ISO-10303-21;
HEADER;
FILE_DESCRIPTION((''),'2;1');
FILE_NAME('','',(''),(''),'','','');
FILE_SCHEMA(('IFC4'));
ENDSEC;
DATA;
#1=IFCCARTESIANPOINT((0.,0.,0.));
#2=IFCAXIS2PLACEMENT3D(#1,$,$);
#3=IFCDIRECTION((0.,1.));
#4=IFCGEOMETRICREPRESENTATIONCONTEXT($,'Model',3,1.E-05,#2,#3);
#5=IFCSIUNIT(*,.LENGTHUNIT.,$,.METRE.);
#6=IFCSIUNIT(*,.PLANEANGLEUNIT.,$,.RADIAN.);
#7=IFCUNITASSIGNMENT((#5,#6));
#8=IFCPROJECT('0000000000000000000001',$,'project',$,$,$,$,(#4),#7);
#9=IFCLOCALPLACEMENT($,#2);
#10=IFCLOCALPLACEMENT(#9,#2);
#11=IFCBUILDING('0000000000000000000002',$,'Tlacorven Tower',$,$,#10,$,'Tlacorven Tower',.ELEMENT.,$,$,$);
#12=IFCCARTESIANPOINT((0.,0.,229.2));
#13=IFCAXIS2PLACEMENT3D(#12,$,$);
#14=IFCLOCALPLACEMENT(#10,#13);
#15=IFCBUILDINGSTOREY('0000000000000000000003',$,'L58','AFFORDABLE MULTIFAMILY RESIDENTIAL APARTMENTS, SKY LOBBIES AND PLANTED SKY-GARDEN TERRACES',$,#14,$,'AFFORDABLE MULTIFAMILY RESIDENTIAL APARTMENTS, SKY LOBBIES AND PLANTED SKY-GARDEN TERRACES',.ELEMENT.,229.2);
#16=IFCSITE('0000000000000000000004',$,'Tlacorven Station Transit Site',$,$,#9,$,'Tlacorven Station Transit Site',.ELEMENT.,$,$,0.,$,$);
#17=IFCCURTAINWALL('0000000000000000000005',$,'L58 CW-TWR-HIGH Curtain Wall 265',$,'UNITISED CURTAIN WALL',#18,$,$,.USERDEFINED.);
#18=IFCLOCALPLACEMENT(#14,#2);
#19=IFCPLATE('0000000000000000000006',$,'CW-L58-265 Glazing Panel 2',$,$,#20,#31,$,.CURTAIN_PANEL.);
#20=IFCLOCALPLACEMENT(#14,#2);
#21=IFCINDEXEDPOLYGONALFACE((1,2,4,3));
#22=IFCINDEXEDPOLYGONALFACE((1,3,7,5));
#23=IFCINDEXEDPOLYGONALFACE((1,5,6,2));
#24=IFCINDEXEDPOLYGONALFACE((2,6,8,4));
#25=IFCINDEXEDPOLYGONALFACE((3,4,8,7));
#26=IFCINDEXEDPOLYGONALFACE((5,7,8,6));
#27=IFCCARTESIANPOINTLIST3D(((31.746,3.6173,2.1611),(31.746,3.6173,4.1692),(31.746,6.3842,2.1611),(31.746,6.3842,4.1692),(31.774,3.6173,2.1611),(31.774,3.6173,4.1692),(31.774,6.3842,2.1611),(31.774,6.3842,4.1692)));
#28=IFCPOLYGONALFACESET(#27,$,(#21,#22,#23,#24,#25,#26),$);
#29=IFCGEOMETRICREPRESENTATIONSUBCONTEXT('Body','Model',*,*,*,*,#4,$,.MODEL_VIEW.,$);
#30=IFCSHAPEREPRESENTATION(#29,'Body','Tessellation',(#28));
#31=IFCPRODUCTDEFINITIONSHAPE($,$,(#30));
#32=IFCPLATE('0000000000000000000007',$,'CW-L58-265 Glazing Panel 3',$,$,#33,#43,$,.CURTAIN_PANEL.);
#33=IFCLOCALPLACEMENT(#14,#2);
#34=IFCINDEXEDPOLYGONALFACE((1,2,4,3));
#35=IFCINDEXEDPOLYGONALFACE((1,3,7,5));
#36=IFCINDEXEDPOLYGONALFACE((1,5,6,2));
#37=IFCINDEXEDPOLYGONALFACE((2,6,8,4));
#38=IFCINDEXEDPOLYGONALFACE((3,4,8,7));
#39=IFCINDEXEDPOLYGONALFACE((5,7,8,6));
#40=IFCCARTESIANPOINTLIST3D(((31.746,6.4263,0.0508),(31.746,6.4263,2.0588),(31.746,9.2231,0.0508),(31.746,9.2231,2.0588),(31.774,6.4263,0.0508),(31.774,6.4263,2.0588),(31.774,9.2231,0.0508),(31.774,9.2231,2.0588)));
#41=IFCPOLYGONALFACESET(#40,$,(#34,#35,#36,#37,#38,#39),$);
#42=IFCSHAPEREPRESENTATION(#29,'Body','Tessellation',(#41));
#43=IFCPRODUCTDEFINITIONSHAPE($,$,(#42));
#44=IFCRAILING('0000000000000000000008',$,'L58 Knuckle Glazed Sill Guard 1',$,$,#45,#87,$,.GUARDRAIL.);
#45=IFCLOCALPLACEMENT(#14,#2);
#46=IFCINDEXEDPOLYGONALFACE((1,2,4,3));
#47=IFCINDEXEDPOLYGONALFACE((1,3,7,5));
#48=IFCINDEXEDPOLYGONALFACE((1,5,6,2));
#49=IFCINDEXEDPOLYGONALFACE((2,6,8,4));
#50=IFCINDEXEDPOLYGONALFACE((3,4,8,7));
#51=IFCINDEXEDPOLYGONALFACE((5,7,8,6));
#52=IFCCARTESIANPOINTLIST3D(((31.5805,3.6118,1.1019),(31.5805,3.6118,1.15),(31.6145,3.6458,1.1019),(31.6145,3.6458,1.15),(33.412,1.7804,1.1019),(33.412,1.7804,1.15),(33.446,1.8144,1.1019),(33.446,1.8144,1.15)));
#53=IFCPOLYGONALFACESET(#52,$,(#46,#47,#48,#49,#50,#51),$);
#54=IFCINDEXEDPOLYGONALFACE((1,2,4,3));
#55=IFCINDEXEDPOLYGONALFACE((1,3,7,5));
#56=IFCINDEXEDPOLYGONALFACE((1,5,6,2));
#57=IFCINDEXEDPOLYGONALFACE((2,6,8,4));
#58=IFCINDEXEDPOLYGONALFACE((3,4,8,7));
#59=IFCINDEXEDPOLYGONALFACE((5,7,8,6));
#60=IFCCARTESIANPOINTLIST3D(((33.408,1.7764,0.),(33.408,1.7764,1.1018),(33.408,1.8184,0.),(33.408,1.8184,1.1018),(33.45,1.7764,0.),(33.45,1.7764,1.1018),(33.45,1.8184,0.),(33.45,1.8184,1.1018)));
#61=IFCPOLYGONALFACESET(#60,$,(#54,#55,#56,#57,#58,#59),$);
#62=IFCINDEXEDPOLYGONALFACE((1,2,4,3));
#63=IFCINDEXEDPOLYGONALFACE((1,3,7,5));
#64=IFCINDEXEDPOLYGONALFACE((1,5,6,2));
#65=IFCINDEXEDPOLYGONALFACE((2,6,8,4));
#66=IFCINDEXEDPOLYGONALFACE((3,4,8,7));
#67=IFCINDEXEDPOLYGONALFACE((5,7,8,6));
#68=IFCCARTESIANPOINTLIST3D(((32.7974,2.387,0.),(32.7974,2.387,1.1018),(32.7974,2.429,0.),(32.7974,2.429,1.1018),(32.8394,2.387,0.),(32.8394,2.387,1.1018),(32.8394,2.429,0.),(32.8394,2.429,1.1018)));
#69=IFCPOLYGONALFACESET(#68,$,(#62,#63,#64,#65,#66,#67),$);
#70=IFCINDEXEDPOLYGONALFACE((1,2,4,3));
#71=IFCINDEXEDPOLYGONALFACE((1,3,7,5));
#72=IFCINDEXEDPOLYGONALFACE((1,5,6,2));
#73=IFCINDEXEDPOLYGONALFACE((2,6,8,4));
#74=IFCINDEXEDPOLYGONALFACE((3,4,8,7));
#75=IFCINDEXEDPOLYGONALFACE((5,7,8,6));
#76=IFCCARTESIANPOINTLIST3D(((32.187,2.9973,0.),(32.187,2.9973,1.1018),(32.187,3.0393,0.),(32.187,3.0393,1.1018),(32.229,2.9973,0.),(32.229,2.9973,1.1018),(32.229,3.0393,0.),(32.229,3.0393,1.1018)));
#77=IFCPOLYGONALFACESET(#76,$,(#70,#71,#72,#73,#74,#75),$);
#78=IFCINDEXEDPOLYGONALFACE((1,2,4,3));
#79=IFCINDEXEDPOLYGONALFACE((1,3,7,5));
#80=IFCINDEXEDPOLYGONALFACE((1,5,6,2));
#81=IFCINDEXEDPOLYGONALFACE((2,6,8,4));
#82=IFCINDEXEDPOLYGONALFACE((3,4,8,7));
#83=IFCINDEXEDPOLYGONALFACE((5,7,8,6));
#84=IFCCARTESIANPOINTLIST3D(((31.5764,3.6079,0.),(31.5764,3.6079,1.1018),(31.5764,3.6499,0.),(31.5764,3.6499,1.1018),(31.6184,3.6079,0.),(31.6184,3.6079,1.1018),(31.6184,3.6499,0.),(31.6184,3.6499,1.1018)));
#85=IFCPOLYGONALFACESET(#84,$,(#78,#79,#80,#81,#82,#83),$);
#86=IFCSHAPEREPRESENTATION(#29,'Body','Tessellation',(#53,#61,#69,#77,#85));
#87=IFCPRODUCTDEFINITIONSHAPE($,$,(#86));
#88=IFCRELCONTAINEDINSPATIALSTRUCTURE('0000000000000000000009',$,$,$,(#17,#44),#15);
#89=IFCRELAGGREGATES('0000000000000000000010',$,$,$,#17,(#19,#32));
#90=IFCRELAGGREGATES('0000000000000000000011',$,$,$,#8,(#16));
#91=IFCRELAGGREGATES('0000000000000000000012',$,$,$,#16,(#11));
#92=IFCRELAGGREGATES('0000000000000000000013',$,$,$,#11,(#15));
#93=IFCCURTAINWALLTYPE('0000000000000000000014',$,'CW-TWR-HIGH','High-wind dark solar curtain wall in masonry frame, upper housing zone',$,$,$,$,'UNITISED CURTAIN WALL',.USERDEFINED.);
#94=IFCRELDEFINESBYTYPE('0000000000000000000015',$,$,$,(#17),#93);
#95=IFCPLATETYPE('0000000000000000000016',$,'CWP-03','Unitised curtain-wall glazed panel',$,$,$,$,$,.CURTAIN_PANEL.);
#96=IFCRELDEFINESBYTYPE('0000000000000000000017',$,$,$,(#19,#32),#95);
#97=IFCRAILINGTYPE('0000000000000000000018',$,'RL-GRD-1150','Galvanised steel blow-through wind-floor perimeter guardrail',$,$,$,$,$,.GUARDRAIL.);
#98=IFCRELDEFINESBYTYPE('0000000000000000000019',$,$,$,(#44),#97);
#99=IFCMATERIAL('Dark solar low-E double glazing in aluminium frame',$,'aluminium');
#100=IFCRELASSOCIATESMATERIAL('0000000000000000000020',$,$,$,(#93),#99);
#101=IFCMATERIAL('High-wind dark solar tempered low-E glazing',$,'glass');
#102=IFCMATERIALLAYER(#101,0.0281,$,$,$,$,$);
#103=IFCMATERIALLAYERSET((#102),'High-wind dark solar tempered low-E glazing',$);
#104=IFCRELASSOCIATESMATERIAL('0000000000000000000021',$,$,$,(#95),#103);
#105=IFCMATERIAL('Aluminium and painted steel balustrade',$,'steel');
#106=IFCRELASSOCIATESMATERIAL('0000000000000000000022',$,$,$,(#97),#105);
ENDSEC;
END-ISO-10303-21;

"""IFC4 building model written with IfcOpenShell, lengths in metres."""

from ifc_helpers import new_model, si_unit, direction, frame, origin, origin_2d, place, context, subcontext, project, spatial, rectangle, extrude, source, transform, mapped, material, layer, layer_set, type_object, element, aggregate, save


model = new_model("IFC4")

# Units and contexts
model_context = context("Model", 3, precision=1e-05, world=origin(), true_north=direction((0.0, 1.0)))
body_context = subcontext(model_context, "Body", "Model", "MODEL_VIEW")
ifc_project = project(units=[si_unit("LENGTHUNIT", "METRE"), si_unit("PLANEANGLEUNIT", "RADIAN")], contexts=[model_context])

# Site, building, storey
site_placement = place(None, origin())
site = spatial("IfcSite", under=ifc_project, at=site_placement, Name="Tlacorven Station Transit Site", LongName="Tlacorven Station Transit Site", CompositionType="ELEMENT", RefElevation=0.0)
building_placement = place(site_placement, origin())
building = spatial("IfcBuilding", under=site, at=building_placement, Name="Tlacorven Tower", LongName="Tlacorven Tower", CompositionType="ELEMENT")
storey_placement = place(building_placement, frame((0.0, 0.0, 229.2)))
storey = spatial("IfcBuildingStorey", under=building, at=storey_placement, Name="L58", Description="AFFORDABLE MULTIFAMILY RESIDENTIAL APARTMENTS, SKY LOBBIES AND PLANTED SKY-GARDEN TERRACES", LongName="AFFORDABLE MULTIFAMILY RESIDENTIAL APARTMENTS, SKY LOBBIES AND PLANTED SKY-GARDEN TERRACES", CompositionType="ELEMENT", Elevation=229.2)

# Curtain wall
ifc_material_1 = material(Name="Dark solar low-E double glazing in aluminium frame", Category="aluminium")
curtain_wall_type = type_object("IfcCurtainWallType", Name="CW-TWR-HIGH", Description="High-wind dark solar curtain wall in masonry frame, upper housing zone", ElementType="UNITISED CURTAIN WALL", PredefinedType="USERDEFINED", material=ifc_material_1)
curtain_wall_1_placement = place(storey_placement, origin())
curtain_wall_1 = element("IfcCurtainWall", 1, at=curtain_wall_1_placement, inside=storey, type_object=curtain_wall_type, Name="L58 CW-TWR-HIGH Curtain Wall 265", ObjectType="UNITISED CURTAIN WALL", PredefinedType="USERDEFINED")

# Plates
ifc_material_2 = material(Name="High-wind dark solar tempered low-E glazing", Category="glass")
ifc_layer = layer(ifc_material_2, 0.0281)
ifc_layer_set = layer_set([ifc_layer], Name="High-wind dark solar tempered low-E glazing")
plate_type = type_object("IfcPlateType", Name="CWP-03", Description="Unitised curtain-wall glazed panel", PredefinedType="CURTAIN_PANEL", material=ifc_layer_set)
shared_shape_1 = source(origin(), body_context, "Body", "SweptSolid", [
    extrude(rectangle(XDim=2.7668, YDim=0.0281, at=origin_2d()), origin(), (0.0, 0.0, 1.0), 2.0081),
])
plate_1_placement = place(storey_placement, frame((31.76, 5.0007, 2.1611), z_axis=(0.0, 0.0, 1.0), x_axis=(0.0, 1.0, 0.0)))
plate_1 = element("IfcPlate", 2, at=plate_1_placement, type_object=plate_type, Name="CW-L58-265 Glazing Panel 2", PredefinedType="CURTAIN_PANEL", context=body_context, shape_type="MappedRepresentation", body=[
    mapped(shared_shape_1, transform((0.0, 0.0, 0.0), scale=1.0)),
])
shared_shape_2 = source(origin(), body_context, "Body", "SweptSolid", [
    extrude(rectangle(XDim=2.7969, YDim=0.0281, at=origin_2d()), origin(), (0.0, 0.0, 1.0), 2.0081),
])
plate_2_placement = place(storey_placement, frame((31.76, 7.8247, 0.0508), z_axis=(0.0, 0.0, 1.0), x_axis=(0.0, 1.0, 0.0)))
plate_2 = element("IfcPlate", 3, at=plate_2_placement, type_object=plate_type, Name="CW-L58-265 Glazing Panel 3", PredefinedType="CURTAIN_PANEL", context=body_context, shape_type="MappedRepresentation", body=[
    mapped(shared_shape_2, transform((0.0, 0.0, 0.0), scale=1.0)),
])
aggregate(curtain_wall_1, [plate_1, plate_2])

# Railing
ifc_material_3 = material(Name="Aluminium and painted steel balustrade", Category="steel")
railing_type = type_object("IfcRailingType", Name="RL-GRD-1150", Description="Galvanised steel blow-through wind-floor perimeter guardrail", PredefinedType="GUARDRAIL", material=ifc_material_3)
shared_shape_3 = source(origin(), body_context, "Body", "SweptSolid", [
    extrude(rectangle(XDim=0.0481, YDim=0.0481, at=origin_2d()), frame((0.0, 0.0, 1.126), z_axis=(-0.707107, 0.707107, 0.0), x_axis=(-0.707107, -0.707107, 0.0)), (0.0, 0.0, 1.0), 2.5901),
    extrude(rectangle(XDim=0.042, YDim=0.042, at=origin_2d()), origin(), (0.0, 0.0, 1.0), 1.1018),
    extrude(rectangle(XDim=0.042, YDim=0.042, at=origin_2d()), frame((-0.6106, 0.6106, 0.0)), (0.0, 0.0, 1.0), 1.1018),
    extrude(rectangle(XDim=0.042, YDim=0.042, at=origin_2d()), frame((-1.2209, 1.2209, 0.0)), (0.0, 0.0, 1.0), 1.1018),
    extrude(rectangle(XDim=0.042, YDim=0.042, at=origin_2d()), frame((-1.8315, 1.8315, 0.0)), (0.0, 0.0, 1.0), 1.1018),
])
railing_placement = place(storey_placement, frame((33.429, 1.7974, 0.0)))
element("IfcRailing", 4, at=railing_placement, inside=storey, type_object=railing_type, Name="L58 Knuckle Glazed Sill Guard 1", PredefinedType="GUARDRAIL", context=body_context, shape_type="MappedRepresentation", body=[
    mapped(shared_shape_3, transform((0.0, 0.0, 0.0), scale=1.0)),
])

save(model, "model.ifc")
